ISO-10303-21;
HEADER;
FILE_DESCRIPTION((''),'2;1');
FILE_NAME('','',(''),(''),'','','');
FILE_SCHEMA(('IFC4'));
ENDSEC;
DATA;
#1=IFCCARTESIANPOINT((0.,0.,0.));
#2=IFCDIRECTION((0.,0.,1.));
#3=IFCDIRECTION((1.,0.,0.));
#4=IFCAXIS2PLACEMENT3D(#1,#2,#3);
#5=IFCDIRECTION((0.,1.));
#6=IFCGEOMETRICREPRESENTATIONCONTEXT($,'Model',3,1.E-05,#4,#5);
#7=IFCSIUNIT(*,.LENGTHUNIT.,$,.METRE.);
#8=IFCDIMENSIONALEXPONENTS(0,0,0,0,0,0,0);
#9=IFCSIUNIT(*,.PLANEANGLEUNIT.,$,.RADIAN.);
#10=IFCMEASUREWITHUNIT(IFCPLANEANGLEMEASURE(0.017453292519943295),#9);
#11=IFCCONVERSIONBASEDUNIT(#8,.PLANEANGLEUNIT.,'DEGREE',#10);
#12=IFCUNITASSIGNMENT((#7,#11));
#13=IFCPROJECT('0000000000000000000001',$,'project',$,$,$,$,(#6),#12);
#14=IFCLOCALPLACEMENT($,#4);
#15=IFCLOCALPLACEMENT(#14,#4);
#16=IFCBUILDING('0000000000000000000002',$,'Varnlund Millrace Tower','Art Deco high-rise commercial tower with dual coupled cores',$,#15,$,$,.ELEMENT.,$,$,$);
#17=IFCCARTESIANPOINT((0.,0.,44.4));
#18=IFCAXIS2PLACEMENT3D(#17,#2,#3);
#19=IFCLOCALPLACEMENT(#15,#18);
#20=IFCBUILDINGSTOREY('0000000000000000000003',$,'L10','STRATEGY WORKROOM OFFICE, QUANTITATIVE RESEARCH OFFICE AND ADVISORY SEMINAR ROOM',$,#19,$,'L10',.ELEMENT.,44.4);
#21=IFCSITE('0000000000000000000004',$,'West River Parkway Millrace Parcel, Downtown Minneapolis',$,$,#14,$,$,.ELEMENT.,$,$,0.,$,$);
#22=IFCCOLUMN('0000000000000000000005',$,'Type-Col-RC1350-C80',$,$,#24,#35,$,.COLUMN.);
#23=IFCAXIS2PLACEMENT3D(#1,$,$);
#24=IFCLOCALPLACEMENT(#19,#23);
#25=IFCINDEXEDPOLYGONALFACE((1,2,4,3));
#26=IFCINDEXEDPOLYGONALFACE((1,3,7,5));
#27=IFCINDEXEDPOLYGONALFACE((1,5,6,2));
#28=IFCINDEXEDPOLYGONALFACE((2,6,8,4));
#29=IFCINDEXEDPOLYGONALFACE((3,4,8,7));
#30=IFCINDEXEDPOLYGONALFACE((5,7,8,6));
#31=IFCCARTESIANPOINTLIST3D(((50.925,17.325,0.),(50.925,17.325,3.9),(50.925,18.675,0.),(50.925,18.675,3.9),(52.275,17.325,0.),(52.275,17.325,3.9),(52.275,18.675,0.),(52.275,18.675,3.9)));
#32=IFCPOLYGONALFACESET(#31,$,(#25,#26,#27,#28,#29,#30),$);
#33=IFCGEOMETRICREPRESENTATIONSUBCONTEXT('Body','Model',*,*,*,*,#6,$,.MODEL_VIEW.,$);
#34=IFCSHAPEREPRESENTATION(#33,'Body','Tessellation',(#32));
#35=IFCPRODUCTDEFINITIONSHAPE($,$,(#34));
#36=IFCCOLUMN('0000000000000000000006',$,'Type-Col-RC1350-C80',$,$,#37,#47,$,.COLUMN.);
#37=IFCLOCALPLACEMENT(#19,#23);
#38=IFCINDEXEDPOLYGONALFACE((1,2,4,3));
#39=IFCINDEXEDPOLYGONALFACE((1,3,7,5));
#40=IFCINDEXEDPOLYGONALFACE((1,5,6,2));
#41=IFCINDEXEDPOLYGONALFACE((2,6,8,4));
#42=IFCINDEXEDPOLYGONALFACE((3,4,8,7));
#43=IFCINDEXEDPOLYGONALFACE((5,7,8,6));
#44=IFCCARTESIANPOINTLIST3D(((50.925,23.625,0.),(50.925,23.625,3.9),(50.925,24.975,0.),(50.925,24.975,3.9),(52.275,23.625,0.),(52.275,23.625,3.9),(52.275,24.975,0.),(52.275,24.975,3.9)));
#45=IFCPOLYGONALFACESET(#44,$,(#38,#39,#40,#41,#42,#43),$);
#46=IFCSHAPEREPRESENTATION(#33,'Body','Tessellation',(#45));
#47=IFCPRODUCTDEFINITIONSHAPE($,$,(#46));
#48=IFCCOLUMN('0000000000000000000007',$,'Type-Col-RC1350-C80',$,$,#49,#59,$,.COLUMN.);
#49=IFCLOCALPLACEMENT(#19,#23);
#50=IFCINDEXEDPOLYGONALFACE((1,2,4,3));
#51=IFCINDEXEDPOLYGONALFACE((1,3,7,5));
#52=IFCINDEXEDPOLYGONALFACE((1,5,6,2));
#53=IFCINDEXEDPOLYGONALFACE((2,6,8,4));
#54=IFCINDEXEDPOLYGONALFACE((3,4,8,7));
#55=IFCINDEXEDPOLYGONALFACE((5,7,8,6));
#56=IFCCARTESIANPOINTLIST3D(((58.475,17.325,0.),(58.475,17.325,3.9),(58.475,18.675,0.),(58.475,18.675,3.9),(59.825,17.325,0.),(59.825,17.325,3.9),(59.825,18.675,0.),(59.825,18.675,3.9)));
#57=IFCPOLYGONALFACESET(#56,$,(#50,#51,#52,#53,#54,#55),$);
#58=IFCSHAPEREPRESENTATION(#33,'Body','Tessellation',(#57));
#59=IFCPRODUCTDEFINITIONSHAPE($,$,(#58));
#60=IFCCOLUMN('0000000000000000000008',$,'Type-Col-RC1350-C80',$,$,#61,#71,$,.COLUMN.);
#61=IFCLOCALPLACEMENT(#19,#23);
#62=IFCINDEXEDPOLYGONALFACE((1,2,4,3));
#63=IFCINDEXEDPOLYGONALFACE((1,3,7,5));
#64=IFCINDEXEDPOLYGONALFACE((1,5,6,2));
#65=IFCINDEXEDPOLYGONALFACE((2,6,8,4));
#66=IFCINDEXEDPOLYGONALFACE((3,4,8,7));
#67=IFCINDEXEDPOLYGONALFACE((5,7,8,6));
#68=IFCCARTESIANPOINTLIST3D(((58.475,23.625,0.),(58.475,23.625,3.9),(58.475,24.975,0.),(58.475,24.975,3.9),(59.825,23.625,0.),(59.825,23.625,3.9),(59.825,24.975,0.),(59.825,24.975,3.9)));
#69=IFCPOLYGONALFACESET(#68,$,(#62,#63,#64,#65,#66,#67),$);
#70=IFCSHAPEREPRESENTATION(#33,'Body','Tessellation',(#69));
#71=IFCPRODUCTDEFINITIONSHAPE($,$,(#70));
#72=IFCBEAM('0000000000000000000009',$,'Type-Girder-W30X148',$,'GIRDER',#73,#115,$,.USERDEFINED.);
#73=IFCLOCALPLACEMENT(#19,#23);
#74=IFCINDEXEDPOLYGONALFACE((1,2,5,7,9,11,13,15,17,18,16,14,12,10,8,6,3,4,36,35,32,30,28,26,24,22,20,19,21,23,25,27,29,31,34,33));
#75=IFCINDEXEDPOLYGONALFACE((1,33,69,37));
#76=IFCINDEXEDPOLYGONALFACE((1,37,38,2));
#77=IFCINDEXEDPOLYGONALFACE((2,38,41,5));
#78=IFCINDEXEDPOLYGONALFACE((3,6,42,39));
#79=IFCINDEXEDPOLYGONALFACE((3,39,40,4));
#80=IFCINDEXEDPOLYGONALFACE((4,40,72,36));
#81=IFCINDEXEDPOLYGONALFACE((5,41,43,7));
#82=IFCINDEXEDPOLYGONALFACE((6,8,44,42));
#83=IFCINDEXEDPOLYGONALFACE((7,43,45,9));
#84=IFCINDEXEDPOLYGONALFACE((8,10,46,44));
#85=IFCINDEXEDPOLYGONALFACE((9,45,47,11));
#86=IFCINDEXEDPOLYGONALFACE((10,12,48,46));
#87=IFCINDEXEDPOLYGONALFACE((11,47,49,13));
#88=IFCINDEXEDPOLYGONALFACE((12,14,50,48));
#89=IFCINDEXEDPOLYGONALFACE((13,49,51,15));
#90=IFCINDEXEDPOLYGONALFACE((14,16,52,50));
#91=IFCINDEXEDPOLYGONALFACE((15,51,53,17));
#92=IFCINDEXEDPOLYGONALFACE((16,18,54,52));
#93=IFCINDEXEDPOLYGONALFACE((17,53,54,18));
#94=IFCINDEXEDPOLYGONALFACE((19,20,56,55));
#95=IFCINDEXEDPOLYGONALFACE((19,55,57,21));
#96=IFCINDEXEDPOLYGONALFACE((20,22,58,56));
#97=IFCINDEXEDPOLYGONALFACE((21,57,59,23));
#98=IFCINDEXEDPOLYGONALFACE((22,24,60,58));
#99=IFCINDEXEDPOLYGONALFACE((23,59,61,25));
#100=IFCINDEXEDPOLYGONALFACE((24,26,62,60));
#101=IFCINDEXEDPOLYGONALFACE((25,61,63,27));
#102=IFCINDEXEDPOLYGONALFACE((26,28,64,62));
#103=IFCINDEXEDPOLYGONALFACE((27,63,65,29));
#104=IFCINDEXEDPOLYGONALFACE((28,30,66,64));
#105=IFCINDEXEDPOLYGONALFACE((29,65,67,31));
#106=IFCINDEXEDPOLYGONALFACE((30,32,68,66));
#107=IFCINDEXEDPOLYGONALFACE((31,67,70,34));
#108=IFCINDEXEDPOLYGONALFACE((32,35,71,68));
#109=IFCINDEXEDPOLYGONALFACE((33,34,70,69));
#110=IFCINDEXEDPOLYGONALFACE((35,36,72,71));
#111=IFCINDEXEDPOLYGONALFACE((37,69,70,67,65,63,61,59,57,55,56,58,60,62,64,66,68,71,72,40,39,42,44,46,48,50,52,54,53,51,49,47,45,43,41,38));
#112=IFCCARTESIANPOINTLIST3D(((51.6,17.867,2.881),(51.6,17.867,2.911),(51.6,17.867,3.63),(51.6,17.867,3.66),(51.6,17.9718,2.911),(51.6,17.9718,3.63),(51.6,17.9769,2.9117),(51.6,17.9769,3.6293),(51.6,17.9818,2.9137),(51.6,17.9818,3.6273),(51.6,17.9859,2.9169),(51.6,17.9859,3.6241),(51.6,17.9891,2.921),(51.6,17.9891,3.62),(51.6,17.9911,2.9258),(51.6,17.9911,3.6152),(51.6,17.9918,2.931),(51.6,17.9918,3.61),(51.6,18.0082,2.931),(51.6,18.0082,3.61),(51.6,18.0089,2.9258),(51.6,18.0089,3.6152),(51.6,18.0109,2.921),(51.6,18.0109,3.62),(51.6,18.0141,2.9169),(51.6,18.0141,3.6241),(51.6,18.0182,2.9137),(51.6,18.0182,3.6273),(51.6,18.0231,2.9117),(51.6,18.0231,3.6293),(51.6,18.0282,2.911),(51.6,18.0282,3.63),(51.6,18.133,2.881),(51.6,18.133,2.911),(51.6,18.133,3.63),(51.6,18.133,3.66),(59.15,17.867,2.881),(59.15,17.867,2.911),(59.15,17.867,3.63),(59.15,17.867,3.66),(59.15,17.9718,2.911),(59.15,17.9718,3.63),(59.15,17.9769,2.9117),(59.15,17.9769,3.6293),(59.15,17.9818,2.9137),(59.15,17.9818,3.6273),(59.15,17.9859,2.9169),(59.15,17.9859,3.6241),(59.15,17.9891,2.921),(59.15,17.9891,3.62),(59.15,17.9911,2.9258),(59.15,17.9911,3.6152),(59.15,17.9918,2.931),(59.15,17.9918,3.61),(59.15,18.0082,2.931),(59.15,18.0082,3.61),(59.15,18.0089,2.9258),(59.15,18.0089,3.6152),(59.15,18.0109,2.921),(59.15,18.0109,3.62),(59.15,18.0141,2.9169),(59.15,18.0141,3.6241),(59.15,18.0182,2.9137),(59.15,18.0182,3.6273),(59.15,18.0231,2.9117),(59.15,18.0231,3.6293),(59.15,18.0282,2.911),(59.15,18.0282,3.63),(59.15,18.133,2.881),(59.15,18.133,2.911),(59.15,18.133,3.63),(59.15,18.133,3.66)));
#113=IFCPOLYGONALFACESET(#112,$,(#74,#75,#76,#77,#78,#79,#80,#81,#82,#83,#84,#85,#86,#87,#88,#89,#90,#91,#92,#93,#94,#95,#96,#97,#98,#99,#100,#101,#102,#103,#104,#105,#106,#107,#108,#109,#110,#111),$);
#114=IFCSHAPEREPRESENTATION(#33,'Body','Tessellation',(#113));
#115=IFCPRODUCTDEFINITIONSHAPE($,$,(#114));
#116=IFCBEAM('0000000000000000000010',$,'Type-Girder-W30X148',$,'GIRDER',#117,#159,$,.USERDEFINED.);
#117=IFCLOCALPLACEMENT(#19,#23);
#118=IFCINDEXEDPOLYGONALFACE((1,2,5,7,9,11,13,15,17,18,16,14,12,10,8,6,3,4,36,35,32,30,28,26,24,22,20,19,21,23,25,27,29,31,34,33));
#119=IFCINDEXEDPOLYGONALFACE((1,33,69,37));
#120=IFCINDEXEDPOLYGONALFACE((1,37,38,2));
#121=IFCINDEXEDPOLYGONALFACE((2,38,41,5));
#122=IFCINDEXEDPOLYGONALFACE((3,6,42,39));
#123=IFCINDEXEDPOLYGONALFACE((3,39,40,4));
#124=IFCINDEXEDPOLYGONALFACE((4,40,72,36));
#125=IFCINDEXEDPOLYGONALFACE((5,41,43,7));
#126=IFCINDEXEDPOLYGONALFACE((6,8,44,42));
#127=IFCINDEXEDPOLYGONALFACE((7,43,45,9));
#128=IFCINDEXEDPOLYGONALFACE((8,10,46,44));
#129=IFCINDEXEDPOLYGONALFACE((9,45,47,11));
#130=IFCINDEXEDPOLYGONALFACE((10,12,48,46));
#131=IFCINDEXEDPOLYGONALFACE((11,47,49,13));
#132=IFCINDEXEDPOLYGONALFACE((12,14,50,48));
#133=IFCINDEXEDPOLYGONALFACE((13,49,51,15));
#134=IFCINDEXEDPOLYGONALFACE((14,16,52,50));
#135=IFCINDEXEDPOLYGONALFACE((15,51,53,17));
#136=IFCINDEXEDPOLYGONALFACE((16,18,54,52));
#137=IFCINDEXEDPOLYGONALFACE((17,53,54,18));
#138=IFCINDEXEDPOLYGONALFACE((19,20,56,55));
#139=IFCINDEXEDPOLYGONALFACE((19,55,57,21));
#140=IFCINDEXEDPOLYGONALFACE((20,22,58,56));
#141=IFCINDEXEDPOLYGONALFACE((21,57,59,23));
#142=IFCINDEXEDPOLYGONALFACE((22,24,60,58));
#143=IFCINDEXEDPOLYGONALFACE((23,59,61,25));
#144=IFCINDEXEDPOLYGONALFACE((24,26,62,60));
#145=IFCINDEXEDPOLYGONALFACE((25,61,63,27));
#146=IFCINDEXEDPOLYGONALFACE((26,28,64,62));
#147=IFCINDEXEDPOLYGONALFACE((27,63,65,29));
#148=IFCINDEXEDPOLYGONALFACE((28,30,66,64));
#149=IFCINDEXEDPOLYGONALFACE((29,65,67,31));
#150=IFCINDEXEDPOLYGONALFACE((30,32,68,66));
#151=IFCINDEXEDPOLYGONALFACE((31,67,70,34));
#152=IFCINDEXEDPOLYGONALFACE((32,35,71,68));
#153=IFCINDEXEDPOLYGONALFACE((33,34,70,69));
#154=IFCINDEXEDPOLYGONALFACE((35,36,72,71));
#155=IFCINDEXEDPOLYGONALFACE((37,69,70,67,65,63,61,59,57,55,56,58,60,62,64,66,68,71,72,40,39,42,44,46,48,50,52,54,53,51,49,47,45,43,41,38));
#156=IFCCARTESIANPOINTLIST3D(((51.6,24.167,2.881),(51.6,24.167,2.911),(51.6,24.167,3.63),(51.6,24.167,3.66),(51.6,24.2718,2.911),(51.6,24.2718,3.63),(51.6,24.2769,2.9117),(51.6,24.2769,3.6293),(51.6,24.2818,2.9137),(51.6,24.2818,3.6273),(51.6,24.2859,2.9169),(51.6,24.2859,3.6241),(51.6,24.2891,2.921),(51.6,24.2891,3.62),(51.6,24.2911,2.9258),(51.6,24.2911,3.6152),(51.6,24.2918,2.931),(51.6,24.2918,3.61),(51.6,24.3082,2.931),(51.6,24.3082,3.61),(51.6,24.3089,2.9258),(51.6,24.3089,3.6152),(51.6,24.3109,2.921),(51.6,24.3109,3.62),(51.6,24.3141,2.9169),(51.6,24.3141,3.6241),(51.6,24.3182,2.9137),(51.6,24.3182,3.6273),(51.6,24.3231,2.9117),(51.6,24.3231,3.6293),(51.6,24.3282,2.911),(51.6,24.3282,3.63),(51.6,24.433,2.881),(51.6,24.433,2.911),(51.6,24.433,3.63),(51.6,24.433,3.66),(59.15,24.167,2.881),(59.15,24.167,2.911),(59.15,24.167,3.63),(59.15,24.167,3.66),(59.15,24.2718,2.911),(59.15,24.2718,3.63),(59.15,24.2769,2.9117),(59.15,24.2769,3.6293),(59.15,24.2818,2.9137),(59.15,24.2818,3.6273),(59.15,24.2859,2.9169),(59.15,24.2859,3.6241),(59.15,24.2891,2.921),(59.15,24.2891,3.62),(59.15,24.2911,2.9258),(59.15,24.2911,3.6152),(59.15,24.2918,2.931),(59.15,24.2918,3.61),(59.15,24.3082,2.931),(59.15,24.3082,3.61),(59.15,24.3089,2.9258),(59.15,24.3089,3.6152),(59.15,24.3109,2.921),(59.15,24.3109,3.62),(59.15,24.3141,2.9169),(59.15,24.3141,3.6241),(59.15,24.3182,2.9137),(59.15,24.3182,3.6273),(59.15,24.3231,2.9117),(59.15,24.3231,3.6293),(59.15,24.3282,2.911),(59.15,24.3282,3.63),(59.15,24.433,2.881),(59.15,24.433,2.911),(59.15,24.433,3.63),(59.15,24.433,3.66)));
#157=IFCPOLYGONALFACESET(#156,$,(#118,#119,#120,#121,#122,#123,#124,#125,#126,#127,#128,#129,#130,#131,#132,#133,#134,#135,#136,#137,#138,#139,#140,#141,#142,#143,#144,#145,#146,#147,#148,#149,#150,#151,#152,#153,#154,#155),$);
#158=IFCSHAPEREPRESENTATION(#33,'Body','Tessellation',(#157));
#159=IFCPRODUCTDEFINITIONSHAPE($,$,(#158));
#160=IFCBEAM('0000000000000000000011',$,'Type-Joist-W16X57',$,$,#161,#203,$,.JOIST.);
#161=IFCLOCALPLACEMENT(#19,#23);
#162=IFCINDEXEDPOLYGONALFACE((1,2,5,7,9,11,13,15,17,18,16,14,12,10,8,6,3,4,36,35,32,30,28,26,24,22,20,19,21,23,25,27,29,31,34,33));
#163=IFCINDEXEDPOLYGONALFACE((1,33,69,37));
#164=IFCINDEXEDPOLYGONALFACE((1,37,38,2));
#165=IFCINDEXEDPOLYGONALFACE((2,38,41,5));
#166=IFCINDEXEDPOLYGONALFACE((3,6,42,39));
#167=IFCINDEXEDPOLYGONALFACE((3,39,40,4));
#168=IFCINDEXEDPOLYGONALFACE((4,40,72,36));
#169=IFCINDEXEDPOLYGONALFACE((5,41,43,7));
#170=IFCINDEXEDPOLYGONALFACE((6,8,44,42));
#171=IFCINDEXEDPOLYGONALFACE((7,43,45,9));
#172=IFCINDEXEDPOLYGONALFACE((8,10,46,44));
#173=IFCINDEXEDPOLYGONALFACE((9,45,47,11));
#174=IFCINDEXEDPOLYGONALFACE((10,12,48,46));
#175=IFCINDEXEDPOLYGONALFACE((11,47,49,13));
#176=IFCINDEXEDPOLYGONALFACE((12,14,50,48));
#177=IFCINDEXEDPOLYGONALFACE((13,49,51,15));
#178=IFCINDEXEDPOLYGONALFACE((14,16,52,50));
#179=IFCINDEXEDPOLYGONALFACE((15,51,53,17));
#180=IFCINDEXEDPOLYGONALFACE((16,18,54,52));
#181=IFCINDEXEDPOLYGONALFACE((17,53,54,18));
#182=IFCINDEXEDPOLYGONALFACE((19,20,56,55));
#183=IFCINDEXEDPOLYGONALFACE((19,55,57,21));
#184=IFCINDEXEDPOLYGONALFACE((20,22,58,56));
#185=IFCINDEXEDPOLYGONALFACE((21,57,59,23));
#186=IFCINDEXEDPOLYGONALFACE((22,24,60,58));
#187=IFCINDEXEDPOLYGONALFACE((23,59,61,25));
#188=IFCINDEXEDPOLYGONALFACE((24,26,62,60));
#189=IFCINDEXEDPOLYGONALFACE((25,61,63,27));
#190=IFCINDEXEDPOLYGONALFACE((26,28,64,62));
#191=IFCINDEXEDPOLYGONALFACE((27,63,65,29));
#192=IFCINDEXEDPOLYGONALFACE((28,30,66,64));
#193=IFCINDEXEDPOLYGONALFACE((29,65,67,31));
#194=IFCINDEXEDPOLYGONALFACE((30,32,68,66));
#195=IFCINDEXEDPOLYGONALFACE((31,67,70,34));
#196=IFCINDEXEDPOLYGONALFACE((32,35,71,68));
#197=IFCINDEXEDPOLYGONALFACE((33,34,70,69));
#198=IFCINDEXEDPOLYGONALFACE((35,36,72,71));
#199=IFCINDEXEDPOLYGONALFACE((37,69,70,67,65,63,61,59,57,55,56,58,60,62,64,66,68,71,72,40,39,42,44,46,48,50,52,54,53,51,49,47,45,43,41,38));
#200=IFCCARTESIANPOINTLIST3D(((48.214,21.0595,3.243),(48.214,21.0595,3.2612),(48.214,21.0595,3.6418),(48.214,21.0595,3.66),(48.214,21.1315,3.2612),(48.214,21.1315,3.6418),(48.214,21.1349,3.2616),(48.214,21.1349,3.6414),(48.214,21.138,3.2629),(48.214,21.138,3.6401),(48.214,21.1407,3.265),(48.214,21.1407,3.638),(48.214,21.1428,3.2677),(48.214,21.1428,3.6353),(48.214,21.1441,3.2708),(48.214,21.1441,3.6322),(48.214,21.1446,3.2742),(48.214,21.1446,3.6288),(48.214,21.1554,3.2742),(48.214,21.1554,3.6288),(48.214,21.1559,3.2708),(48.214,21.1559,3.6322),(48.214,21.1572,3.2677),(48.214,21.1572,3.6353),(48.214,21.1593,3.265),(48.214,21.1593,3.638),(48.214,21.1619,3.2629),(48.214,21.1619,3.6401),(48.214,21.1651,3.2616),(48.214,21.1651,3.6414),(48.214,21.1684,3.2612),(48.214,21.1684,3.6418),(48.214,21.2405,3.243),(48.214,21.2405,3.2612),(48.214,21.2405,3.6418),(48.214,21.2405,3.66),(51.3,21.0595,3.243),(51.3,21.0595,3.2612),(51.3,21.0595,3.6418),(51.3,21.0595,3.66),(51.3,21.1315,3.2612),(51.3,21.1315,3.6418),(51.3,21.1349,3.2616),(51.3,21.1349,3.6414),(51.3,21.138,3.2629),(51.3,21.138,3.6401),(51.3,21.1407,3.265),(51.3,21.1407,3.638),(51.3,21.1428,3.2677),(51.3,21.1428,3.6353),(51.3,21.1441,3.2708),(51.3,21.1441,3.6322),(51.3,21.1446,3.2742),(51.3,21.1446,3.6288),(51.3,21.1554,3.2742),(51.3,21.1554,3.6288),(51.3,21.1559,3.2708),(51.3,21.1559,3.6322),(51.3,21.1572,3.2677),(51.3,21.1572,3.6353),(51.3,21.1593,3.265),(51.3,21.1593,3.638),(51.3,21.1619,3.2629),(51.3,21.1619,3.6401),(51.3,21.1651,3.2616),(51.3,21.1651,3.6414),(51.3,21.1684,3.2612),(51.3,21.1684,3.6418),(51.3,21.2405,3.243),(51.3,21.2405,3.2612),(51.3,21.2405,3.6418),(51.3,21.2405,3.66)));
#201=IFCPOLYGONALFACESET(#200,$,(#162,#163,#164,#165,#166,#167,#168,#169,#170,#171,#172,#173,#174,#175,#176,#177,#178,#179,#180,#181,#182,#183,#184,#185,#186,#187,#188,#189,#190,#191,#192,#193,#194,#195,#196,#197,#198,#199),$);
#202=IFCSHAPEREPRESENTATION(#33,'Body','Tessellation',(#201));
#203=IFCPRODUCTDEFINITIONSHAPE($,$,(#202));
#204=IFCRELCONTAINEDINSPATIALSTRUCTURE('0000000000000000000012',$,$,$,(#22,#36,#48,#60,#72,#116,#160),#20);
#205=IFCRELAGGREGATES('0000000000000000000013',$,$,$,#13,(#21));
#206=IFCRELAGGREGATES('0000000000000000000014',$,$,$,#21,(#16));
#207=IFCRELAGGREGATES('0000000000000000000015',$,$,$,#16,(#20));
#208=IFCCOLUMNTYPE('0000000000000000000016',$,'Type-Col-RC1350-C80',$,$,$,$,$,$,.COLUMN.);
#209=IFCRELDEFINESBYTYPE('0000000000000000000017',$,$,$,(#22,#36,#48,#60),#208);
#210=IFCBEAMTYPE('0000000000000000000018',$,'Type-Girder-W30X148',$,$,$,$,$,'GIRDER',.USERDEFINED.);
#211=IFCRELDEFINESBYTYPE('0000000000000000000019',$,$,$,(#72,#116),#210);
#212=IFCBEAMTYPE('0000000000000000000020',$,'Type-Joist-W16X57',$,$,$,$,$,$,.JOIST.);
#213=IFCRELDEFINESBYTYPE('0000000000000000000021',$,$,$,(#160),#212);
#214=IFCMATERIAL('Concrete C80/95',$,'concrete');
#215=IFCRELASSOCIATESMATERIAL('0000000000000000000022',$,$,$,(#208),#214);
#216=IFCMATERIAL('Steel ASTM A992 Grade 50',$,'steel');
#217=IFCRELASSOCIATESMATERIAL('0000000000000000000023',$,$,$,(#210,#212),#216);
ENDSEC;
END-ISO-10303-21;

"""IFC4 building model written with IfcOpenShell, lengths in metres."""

from ifc_helpers import new_model, entity, si_unit, converted_unit, direction, frame, origin_with_axes, origin_2d_with_axis, place, context, subcontext, project, spatial, rectangle, i_section, extrude, material, material_profile, profile_set, type_object, element, save


model = new_model("IFC4")

# Units and contexts
model_context = context("Model", 3, precision=1e-05, world=origin_with_axes(), true_north=direction((0.0, 1.0)))
body_context = subcontext(model_context, "Body", "Model", "MODEL_VIEW")
ifc_project = project(units=[si_unit("LENGTHUNIT", "METRE"), converted_unit("PLANEANGLEUNIT", "DEGREE", entity("IfcPlaneAngleMeasure", 0.017453292519943295), si_unit("PLANEANGLEUNIT", "RADIAN"), dimensions=[0, 0, 0, 0, 0, 0, 0])], contexts=[model_context])

# Site, building, storey
site_placement = place(None, origin_with_axes())
site = spatial("IfcSite", under=ifc_project, at=site_placement, Name="West River Parkway Millrace Parcel, Downtown Minneapolis", CompositionType="ELEMENT", RefElevation=0.0)
building_placement = place(site_placement, origin_with_axes())
building = spatial("IfcBuilding", under=site, at=building_placement, Name="Varnlund Millrace Tower", Description="Art Deco high-rise commercial tower with dual coupled cores", CompositionType="ELEMENT")
storey_placement = place(building_placement, frame((0.0, 0.0, 44.4), z_axis=(0.0, 0.0, 1.0), x_axis=(1.0, 0.0, 0.0)))
storey = spatial("IfcBuildingStorey", under=building, at=storey_placement, Name="L10", Description="STRATEGY WORKROOM OFFICE, QUANTITATIVE RESEARCH OFFICE AND ADVISORY SEMINAR ROOM", LongName="L10", CompositionType="ELEMENT", Elevation=44.4)

# Columns
ifc_material_1 = material(Name="Concrete C80/95", Category="concrete")
ifc_material_profile_1 = material_profile(ifc_material_1, rectangle(XDim=1.35, YDim=1.35, at=origin_2d_with_axis()), Name="Concrete C80/95")
ifc_profile_set_1 = profile_set([ifc_material_profile_1], Name="Concrete C80/95")
column_type = type_object("IfcColumnType", Name="Type-Col-RC1350-C80", PredefinedType="COLUMN", material=ifc_profile_set_1)
for number, where, z_axis, x_axis, name in (
    (1, (51.6, 18.0, 0.0), (0.0, 0.0, 1.0), (1.0, 0.0, 0.0), "Type-Col-RC1350-C80"),
    (2, (51.6, 24.3, 0.0), (0.0, 0.0, 1.0), (1.0, 0.0, 0.0), "Type-Col-RC1350-C80"),
    (3, (59.15, 18.0, 0.0), (0.0, 0.0, 1.0), (1.0, 0.0, 0.0), "Type-Col-RC1350-C80"),
    (4, (59.15, 24.3, 0.0), (0.0, 0.0, 1.0), (1.0, 0.0, 0.0), "Type-Col-RC1350-C80"),
):
    element("IfcColumn", number, at=place(storey_placement, frame(where, z_axis=z_axis, x_axis=x_axis)), inside=storey, type_object=column_type, Name=name, PredefinedType="COLUMN", context=body_context, shape_type="SweptSolid", body=[
        extrude(rectangle(XDim=1.35, YDim=1.35, at=origin_2d_with_axis()), origin_with_axes(), (0.0, 0.0, 1.0), 3.9),
    ])

# Beams
ifc_material_2 = material(Name="Steel ASTM A992 Grade 50", Category="steel")
ifc_material_profile_2 = material_profile(ifc_material_2, i_section(OverallWidth=0.266, OverallDepth=0.779, WebThickness=0.0165, FlangeThickness=0.03, FilletRadius=0.02, at=origin_2d_with_axis()), Name="Steel ASTM A992 Grade 50")
ifc_profile_set_2 = profile_set([ifc_material_profile_2], Name="Steel ASTM A992 Grade 50")
beam_type_1 = type_object("IfcBeamType", Name="Type-Girder-W30X148", ElementType="GIRDER", PredefinedType="USERDEFINED", material=ifc_profile_set_2)
for number, where, z_axis, x_axis, name in (
    (5, (51.6, 18.0, 3.2705), (1.0, 0.0, 0.0), (0.0, 1.0, 0.0), "Type-Girder-W30X148"),
    (6, (51.6, 24.3, 3.2705), (1.0, 0.0, 0.0), (0.0, 1.0, 0.0), "Type-Girder-W30X148"),
):
    element("IfcBeam", number, at=place(storey_placement, frame(where, z_axis=z_axis, x_axis=x_axis)), inside=storey, type_object=beam_type_1, Name=name, ObjectType="GIRDER", PredefinedType="USERDEFINED", context=body_context, shape_type="SweptSolid", body=[
        extrude(i_section(OverallWidth=0.266, OverallDepth=0.779, WebThickness=0.0165, FlangeThickness=0.03, FilletRadius=0.02, at=origin_2d_with_axis()), origin_with_axes(), (0.0, 0.0, 1.0), 7.55),
    ])
ifc_material_profile_3 = material_profile(ifc_material_2, i_section(OverallWidth=0.181, OverallDepth=0.417, WebThickness=0.0109, FlangeThickness=0.0182, FilletRadius=0.013, at=origin_2d_with_axis()), Name="Steel ASTM A992 Grade 50")
ifc_profile_set_3 = profile_set([ifc_material_profile_3], Name="Steel ASTM A992 Grade 50")
beam_type_2 = type_object("IfcBeamType", Name="Type-Joist-W16X57", PredefinedType="JOIST", material=ifc_profile_set_3)
beam_placement = place(storey_placement, frame((48.214, 21.15, 3.4515), z_axis=(1.0, 0.0, 0.0), x_axis=(0.0, 1.0, 0.0)))
element("IfcBeam", 7, at=beam_placement, inside=storey, type_object=beam_type_2, Name="Type-Joist-W16X57", PredefinedType="JOIST", context=body_context, shape_type="SweptSolid", body=[
    extrude(i_section(OverallWidth=0.181, OverallDepth=0.417, WebThickness=0.0109, FlangeThickness=0.0182, FilletRadius=0.013, at=origin_2d_with_axis()), origin_with_axes(), (0.0, 0.0, 1.0), 3.086),
])

save(model, "model.ifc")
